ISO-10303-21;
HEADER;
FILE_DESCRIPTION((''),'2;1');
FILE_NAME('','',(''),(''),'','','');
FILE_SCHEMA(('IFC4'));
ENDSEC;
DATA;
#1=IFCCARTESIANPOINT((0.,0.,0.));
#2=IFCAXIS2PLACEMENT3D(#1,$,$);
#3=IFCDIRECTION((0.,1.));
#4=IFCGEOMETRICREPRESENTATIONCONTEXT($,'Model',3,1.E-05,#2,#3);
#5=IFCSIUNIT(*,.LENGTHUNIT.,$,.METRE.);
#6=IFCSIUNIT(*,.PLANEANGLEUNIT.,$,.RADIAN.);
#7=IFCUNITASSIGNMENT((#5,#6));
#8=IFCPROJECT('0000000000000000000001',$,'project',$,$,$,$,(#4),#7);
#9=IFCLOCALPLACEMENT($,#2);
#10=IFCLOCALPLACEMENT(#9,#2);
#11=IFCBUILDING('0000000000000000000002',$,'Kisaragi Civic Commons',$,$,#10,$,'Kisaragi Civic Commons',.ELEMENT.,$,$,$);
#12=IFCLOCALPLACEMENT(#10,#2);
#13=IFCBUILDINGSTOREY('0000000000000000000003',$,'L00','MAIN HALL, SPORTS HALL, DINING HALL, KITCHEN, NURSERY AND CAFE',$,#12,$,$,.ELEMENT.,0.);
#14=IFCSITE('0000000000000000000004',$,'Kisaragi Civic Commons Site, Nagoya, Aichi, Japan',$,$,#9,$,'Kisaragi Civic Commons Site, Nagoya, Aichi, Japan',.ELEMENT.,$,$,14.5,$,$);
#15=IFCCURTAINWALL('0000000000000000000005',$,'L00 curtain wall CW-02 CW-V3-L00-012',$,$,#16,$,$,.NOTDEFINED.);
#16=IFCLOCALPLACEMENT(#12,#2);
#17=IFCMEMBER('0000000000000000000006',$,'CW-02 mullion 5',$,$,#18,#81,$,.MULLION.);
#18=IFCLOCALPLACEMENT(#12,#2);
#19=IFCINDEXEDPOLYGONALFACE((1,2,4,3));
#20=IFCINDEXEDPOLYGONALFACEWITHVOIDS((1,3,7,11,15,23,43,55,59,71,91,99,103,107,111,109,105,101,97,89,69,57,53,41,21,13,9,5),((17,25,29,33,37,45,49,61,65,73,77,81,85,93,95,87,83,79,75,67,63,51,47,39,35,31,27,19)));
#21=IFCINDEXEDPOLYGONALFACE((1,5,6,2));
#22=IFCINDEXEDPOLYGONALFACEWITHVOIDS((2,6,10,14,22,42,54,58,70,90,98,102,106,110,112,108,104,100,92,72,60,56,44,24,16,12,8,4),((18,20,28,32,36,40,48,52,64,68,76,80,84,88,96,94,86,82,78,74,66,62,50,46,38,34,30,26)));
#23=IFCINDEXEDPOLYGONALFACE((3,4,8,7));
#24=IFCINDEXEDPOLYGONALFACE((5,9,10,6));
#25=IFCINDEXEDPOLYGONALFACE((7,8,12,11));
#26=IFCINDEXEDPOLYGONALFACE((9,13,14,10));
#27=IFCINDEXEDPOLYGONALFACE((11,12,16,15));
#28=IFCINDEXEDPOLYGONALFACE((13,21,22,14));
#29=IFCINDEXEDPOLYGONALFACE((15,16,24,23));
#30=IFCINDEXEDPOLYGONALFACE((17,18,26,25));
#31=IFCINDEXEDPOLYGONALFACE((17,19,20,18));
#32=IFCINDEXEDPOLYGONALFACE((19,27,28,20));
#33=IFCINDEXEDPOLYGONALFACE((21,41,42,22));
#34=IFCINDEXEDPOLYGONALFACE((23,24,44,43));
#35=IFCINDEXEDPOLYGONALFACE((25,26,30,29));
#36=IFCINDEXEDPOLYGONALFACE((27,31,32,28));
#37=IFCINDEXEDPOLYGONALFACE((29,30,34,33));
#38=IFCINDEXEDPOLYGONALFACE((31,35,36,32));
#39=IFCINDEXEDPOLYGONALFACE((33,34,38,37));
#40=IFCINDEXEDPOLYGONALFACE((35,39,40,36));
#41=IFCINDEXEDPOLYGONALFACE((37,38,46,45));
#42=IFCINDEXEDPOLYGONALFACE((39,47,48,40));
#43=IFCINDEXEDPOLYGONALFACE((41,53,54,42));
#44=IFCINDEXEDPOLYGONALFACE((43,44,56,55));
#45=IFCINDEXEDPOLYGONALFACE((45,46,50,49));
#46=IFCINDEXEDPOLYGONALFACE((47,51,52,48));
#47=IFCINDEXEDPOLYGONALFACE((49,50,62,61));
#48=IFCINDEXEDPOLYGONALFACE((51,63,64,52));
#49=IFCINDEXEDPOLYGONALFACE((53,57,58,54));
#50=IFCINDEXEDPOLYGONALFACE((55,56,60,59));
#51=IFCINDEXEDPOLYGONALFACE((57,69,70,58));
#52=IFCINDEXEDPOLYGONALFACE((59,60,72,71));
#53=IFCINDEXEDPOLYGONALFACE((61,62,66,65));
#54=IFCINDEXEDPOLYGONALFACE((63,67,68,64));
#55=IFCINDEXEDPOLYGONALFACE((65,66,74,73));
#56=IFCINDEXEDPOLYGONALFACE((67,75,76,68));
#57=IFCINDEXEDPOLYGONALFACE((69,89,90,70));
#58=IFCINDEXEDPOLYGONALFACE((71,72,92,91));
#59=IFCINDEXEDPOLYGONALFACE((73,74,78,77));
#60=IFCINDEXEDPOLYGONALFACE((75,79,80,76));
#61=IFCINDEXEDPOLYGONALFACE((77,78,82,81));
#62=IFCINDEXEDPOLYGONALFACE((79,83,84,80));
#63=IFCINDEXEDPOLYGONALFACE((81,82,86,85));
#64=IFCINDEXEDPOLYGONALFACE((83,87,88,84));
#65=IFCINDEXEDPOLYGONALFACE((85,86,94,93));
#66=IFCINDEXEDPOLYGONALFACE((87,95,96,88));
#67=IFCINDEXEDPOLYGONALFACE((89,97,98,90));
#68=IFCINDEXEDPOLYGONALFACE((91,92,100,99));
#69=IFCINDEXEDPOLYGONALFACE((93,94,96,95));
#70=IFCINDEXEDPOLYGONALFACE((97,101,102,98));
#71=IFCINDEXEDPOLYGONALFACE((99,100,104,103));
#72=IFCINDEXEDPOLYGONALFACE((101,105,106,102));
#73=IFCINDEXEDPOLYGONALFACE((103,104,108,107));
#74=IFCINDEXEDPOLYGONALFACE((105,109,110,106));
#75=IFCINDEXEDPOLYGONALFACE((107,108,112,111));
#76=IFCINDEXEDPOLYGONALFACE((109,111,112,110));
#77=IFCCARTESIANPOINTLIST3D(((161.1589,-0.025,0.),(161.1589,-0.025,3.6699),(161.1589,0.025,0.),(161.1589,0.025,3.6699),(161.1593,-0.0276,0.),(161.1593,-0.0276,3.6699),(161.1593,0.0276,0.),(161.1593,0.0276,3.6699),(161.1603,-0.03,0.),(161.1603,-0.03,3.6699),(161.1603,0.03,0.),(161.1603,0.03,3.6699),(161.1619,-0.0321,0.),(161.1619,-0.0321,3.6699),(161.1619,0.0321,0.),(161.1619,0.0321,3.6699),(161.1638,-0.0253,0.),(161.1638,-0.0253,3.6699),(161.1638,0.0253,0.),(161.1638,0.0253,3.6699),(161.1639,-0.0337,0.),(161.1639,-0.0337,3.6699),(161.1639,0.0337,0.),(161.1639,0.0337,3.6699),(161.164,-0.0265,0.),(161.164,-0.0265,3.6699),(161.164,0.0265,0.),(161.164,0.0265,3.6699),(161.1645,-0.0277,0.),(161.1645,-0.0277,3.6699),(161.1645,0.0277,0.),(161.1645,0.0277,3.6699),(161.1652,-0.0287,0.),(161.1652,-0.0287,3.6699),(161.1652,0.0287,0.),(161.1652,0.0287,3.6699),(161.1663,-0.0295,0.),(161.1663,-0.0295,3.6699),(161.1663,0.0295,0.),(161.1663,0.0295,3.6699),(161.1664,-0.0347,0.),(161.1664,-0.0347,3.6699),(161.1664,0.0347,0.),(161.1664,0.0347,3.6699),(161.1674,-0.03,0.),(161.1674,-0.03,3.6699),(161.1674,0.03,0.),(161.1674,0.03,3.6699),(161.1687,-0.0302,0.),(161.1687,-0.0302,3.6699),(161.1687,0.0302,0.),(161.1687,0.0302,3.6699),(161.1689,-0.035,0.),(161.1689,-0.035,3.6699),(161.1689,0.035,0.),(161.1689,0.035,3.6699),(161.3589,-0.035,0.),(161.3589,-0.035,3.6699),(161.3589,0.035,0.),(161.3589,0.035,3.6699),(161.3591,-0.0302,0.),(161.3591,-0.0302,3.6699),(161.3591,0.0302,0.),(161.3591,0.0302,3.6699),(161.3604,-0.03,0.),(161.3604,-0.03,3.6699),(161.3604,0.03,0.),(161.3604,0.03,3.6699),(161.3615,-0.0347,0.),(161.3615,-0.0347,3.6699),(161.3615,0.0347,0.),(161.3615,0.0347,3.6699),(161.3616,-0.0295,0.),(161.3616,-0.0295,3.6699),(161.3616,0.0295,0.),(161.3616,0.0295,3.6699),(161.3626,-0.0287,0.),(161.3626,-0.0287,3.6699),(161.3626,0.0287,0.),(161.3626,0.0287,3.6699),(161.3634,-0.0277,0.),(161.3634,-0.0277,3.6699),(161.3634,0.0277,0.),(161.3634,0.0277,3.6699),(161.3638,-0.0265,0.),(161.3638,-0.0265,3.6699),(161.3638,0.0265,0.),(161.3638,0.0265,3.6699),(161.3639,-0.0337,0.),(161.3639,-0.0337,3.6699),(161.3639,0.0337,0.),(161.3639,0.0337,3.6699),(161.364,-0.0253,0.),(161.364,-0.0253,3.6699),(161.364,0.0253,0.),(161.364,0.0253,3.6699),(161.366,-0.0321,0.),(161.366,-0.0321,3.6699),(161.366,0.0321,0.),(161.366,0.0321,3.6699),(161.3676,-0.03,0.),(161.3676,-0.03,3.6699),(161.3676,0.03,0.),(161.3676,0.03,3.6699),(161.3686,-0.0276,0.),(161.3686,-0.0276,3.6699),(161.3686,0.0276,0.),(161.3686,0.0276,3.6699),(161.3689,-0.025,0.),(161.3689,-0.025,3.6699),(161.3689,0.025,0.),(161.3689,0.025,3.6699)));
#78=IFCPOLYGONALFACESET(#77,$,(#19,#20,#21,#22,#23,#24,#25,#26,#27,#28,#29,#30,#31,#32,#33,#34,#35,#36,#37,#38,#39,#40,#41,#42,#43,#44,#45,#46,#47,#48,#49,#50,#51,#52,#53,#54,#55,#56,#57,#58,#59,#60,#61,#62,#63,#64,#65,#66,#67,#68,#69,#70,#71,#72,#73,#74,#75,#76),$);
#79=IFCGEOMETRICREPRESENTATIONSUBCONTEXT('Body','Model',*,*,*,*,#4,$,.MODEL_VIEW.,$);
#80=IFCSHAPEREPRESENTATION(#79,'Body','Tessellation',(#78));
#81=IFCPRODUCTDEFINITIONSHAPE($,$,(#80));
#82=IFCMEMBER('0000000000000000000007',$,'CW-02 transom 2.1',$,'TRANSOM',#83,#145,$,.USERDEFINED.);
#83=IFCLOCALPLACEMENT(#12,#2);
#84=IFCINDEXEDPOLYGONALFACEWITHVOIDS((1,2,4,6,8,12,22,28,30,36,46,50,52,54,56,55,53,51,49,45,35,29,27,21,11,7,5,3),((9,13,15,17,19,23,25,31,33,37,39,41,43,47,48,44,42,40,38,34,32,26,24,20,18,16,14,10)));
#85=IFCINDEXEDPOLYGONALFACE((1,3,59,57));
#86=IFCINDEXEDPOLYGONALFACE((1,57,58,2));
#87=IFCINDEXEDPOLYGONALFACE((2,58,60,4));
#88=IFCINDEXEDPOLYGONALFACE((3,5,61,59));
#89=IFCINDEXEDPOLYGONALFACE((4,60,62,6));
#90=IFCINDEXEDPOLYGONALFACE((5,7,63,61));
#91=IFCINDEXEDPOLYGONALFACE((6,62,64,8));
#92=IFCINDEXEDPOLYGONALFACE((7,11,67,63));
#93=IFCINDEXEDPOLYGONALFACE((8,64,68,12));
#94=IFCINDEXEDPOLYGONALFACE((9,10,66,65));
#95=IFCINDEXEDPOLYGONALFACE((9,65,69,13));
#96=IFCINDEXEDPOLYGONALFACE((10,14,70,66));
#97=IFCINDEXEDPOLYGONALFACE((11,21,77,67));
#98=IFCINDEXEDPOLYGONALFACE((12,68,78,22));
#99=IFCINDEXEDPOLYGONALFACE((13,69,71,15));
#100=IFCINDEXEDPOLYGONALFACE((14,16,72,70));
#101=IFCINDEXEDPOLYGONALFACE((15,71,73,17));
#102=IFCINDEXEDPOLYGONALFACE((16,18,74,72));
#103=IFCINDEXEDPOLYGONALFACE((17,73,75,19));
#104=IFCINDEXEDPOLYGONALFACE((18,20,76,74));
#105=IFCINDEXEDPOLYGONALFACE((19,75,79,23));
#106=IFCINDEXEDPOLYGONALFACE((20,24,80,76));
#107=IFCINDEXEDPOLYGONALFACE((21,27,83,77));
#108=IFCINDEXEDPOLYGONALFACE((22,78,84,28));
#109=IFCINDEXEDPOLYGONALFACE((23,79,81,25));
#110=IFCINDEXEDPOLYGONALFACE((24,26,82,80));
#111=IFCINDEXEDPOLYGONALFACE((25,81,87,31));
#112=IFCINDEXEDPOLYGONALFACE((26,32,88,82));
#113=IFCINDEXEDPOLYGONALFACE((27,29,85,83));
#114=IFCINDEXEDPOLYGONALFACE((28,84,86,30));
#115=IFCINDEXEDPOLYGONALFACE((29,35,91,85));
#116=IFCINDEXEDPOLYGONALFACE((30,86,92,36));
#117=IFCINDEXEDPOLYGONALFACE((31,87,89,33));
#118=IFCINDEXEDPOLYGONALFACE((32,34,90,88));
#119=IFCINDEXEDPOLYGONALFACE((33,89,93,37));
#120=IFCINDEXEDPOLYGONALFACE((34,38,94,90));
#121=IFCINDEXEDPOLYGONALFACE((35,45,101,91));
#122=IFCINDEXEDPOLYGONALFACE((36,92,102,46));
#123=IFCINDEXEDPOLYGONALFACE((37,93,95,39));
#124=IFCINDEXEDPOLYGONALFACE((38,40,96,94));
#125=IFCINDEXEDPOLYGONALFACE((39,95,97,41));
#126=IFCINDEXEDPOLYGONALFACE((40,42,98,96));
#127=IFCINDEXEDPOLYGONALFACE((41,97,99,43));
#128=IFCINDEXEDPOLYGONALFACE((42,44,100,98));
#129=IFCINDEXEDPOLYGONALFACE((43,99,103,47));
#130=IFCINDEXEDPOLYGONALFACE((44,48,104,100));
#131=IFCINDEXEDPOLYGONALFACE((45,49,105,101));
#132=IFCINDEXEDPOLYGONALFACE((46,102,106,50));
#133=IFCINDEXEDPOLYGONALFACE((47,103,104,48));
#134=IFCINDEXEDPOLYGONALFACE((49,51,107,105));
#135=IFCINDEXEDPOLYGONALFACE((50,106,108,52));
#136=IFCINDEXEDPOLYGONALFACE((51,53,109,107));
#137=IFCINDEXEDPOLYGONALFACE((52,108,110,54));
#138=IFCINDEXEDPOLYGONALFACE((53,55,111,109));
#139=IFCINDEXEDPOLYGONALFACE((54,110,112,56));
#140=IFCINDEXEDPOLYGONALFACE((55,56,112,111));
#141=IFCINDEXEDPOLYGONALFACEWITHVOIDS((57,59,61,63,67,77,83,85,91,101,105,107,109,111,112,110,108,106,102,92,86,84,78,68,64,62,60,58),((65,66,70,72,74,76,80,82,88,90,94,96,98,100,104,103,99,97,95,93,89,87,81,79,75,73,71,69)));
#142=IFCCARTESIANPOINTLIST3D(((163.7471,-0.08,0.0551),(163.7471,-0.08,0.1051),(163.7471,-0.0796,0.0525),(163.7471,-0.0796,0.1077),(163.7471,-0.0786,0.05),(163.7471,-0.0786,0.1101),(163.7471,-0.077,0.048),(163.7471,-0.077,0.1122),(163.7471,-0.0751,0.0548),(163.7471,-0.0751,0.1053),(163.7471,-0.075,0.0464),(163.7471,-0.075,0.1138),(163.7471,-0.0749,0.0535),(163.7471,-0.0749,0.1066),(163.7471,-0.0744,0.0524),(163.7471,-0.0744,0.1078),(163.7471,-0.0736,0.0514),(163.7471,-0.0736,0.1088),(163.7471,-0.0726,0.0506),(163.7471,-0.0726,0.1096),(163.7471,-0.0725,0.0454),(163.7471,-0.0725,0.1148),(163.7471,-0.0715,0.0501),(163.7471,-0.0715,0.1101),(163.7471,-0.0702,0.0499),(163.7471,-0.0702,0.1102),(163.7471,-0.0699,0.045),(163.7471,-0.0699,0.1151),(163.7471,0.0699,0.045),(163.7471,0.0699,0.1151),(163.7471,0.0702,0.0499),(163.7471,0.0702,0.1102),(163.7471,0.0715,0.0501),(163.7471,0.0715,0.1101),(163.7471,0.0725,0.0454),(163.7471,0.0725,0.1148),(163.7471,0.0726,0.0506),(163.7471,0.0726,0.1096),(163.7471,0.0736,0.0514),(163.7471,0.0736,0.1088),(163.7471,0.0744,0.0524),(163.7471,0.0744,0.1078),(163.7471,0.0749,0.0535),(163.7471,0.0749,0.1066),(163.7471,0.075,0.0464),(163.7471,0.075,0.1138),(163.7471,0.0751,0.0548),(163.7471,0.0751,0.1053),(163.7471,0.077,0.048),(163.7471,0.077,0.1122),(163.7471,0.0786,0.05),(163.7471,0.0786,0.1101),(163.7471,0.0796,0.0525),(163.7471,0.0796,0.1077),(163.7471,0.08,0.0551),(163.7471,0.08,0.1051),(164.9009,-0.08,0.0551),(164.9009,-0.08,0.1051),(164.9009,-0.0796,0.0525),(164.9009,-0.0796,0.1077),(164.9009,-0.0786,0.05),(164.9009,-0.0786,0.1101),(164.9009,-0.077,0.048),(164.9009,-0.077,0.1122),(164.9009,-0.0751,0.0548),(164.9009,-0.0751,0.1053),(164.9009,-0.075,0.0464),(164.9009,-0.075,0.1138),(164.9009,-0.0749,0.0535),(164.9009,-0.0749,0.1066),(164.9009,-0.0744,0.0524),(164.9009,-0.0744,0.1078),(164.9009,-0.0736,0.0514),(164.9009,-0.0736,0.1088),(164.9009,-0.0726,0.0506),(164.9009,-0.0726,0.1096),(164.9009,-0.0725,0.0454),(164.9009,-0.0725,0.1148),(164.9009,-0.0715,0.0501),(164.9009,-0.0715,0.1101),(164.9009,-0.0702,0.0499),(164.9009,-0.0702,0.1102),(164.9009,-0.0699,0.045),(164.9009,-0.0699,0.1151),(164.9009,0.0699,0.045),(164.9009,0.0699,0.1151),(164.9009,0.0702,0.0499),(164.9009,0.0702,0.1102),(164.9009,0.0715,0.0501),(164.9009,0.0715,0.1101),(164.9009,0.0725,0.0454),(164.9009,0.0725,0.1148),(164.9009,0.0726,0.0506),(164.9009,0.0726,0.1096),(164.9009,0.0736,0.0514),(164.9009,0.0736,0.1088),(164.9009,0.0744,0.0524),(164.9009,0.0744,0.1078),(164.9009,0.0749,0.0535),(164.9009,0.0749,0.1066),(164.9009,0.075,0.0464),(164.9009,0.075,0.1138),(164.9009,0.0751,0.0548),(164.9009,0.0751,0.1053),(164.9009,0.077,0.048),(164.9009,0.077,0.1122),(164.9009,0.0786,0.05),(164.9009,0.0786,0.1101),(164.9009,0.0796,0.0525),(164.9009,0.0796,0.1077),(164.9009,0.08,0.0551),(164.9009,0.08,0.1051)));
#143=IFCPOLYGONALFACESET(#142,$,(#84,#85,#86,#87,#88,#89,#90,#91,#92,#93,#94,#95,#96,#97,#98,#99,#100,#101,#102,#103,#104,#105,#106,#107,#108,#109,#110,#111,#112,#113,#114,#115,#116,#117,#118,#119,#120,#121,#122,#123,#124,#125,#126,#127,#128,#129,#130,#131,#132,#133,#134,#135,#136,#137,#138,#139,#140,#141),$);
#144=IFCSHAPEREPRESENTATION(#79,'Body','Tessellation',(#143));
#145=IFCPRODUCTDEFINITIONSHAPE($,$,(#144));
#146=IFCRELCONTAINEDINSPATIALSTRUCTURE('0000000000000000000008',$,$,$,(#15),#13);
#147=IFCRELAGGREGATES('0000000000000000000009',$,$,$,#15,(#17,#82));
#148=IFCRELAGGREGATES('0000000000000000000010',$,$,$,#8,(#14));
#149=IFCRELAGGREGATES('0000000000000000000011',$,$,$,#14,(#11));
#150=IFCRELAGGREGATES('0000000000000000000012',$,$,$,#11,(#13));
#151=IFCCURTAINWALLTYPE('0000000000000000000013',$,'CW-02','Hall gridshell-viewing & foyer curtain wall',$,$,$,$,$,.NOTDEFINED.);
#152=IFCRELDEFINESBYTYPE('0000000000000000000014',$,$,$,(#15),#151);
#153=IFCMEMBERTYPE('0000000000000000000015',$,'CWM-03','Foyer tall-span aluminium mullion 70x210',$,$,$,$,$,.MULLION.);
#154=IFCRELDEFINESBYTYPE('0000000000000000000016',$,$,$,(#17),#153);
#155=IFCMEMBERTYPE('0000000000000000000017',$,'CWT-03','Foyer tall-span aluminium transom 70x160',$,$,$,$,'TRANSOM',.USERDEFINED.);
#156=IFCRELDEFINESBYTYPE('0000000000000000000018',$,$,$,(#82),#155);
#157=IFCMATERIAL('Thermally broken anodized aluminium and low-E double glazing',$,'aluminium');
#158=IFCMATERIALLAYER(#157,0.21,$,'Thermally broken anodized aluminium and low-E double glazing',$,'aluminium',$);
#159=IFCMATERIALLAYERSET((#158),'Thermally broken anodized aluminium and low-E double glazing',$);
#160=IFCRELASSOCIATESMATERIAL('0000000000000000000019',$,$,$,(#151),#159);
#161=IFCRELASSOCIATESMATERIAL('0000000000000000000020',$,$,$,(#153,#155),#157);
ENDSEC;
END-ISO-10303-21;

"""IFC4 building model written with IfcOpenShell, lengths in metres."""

from ifc_helpers import new_model, si_unit, direction, frame, origin, origin_2d, place, context, subcontext, project, spatial, hollow_rectangle, extrude, material, layer, layer_set, material_profile, profile_set, type_object, element, aggregate, save


model = new_model("IFC4")

# Units and contexts
model_context = context("Model", 3, precision=1e-05, world=origin(), true_north=direction((0.0, 1.0)))
body_context = subcontext(model_context, "Body", "Model", "MODEL_VIEW")
ifc_project = project(units=[si_unit("LENGTHUNIT", "METRE"), si_unit("PLANEANGLEUNIT", "RADIAN")], contexts=[model_context])

# Site, building, storey
site_placement = place(None, origin())
site = spatial("IfcSite", under=ifc_project, at=site_placement, Name="Kisaragi Civic Commons Site, Nagoya, Aichi, Japan", LongName="Kisaragi Civic Commons Site, Nagoya, Aichi, Japan", CompositionType="ELEMENT", RefElevation=14.5)
building_placement = place(site_placement, origin())
building = spatial("IfcBuilding", under=site, at=building_placement, Name="Kisaragi Civic Commons", LongName="Kisaragi Civic Commons", CompositionType="ELEMENT")
storey_placement = place(building_placement, origin())
storey = spatial("IfcBuildingStorey", under=building, at=storey_placement, Name="L00", Description="MAIN HALL, SPORTS HALL, DINING HALL, KITCHEN, NURSERY AND CAFE", CompositionType="ELEMENT", Elevation=0.0)

# Curtain wall, members
ifc_material = material(Name="Thermally broken anodized aluminium and low-E double glazing", Category="aluminium")
ifc_layer_1 = layer(ifc_material, 0.21, Name="Thermally broken anodized aluminium and low-E double glazing", Category="aluminium")
ifc_layer_set_1 = layer_set([ifc_layer_1], Name="Thermally broken anodized aluminium and low-E double glazing")
curtain_wall_type = type_object("IfcCurtainWallType", Name="CW-02", Description="Hall gridshell-viewing & foyer curtain wall", PredefinedType="NOTDEFINED", material=ifc_layer_set_1)
curtain_wall_placement = place(storey_placement, origin())
curtain_wall = element("IfcCurtainWall", 1, at=curtain_wall_placement, inside=storey, type_object=curtain_wall_type, Name="L00 curtain wall CW-02 CW-V3-L00-012", PredefinedType="NOTDEFINED")
ifc_material_profile_1 = material_profile(ifc_material, hollow_rectangle(XDim=0.0701, YDim=0.21, WallThickness=0.0049, InnerFilletRadius=0.0049, OuterFilletRadius=0.01, at=origin_2d()), Name="CWM-70x210x5", Category="aluminium")
ifc_profile_set_1 = profile_set([ifc_material_profile_1], Name="Thermally broken anodized aluminium and low-E double glazing")
member_type_1 = type_object("IfcMemberType", Name="CWM-03", Description="Foyer tall-span aluminium mullion 70x210", PredefinedType="MULLION", material=ifc_profile_set_1)
member_1_placement = place(storey_placement, frame((161.2639, 0.0, 0.0), z_axis=(0.0, 0.0, 1.0), x_axis=(0.0, -1.0, 0.0)))
member_1 = element("IfcMember", 2, at=member_1_placement, type_object=member_type_1, Name="CW-02 mullion 5", PredefinedType="MULLION", context=body_context, shape_type="SweptSolid", body=[
    extrude(hollow_rectangle(XDim=0.0701, YDim=0.21, WallThickness=0.0049, InnerFilletRadius=0.0049, OuterFilletRadius=0.01, at=origin_2d()), origin(), (0.0, 0.0, 1.0), 3.6699),
])
ifc_material_profile_2 = material_profile(ifc_material, hollow_rectangle(XDim=0.1599, YDim=0.0701, WallThickness=0.0049, InnerFilletRadius=0.0049, OuterFilletRadius=0.01, at=origin_2d()), Name="CWT-70x160x5", Category="aluminium")
ifc_profile_set_2 = profile_set([ifc_material_profile_2], Name="Thermally broken anodized aluminium and low-E double glazing")
member_type_2 = type_object("IfcMemberType", Name="CWT-03", Description="Foyer tall-span aluminium transom 70x160", ElementType="TRANSOM", PredefinedType="USERDEFINED", material=ifc_profile_set_2)
member_2_placement = place(storey_placement, frame((164.9009, 0.0, 0.0801), z_axis=(-1.0, 0.0, 0.0), x_axis=(0.0, -1.0, 0.0)))
member_2 = element("IfcMember", 3, at=member_2_placement, type_object=member_type_2, Name="CW-02 transom 2.1", ObjectType="TRANSOM", PredefinedType="USERDEFINED", context=body_context, shape_type="SweptSolid", body=[
    extrude(hollow_rectangle(XDim=0.1599, YDim=0.0701, WallThickness=0.0049, InnerFilletRadius=0.0049, OuterFilletRadius=0.01, at=origin_2d()), origin(), (0.0, 0.0, 1.0), 1.1538),
])
aggregate(curtain_wall, [member_1, member_2])

save(model, "model.ifc")
